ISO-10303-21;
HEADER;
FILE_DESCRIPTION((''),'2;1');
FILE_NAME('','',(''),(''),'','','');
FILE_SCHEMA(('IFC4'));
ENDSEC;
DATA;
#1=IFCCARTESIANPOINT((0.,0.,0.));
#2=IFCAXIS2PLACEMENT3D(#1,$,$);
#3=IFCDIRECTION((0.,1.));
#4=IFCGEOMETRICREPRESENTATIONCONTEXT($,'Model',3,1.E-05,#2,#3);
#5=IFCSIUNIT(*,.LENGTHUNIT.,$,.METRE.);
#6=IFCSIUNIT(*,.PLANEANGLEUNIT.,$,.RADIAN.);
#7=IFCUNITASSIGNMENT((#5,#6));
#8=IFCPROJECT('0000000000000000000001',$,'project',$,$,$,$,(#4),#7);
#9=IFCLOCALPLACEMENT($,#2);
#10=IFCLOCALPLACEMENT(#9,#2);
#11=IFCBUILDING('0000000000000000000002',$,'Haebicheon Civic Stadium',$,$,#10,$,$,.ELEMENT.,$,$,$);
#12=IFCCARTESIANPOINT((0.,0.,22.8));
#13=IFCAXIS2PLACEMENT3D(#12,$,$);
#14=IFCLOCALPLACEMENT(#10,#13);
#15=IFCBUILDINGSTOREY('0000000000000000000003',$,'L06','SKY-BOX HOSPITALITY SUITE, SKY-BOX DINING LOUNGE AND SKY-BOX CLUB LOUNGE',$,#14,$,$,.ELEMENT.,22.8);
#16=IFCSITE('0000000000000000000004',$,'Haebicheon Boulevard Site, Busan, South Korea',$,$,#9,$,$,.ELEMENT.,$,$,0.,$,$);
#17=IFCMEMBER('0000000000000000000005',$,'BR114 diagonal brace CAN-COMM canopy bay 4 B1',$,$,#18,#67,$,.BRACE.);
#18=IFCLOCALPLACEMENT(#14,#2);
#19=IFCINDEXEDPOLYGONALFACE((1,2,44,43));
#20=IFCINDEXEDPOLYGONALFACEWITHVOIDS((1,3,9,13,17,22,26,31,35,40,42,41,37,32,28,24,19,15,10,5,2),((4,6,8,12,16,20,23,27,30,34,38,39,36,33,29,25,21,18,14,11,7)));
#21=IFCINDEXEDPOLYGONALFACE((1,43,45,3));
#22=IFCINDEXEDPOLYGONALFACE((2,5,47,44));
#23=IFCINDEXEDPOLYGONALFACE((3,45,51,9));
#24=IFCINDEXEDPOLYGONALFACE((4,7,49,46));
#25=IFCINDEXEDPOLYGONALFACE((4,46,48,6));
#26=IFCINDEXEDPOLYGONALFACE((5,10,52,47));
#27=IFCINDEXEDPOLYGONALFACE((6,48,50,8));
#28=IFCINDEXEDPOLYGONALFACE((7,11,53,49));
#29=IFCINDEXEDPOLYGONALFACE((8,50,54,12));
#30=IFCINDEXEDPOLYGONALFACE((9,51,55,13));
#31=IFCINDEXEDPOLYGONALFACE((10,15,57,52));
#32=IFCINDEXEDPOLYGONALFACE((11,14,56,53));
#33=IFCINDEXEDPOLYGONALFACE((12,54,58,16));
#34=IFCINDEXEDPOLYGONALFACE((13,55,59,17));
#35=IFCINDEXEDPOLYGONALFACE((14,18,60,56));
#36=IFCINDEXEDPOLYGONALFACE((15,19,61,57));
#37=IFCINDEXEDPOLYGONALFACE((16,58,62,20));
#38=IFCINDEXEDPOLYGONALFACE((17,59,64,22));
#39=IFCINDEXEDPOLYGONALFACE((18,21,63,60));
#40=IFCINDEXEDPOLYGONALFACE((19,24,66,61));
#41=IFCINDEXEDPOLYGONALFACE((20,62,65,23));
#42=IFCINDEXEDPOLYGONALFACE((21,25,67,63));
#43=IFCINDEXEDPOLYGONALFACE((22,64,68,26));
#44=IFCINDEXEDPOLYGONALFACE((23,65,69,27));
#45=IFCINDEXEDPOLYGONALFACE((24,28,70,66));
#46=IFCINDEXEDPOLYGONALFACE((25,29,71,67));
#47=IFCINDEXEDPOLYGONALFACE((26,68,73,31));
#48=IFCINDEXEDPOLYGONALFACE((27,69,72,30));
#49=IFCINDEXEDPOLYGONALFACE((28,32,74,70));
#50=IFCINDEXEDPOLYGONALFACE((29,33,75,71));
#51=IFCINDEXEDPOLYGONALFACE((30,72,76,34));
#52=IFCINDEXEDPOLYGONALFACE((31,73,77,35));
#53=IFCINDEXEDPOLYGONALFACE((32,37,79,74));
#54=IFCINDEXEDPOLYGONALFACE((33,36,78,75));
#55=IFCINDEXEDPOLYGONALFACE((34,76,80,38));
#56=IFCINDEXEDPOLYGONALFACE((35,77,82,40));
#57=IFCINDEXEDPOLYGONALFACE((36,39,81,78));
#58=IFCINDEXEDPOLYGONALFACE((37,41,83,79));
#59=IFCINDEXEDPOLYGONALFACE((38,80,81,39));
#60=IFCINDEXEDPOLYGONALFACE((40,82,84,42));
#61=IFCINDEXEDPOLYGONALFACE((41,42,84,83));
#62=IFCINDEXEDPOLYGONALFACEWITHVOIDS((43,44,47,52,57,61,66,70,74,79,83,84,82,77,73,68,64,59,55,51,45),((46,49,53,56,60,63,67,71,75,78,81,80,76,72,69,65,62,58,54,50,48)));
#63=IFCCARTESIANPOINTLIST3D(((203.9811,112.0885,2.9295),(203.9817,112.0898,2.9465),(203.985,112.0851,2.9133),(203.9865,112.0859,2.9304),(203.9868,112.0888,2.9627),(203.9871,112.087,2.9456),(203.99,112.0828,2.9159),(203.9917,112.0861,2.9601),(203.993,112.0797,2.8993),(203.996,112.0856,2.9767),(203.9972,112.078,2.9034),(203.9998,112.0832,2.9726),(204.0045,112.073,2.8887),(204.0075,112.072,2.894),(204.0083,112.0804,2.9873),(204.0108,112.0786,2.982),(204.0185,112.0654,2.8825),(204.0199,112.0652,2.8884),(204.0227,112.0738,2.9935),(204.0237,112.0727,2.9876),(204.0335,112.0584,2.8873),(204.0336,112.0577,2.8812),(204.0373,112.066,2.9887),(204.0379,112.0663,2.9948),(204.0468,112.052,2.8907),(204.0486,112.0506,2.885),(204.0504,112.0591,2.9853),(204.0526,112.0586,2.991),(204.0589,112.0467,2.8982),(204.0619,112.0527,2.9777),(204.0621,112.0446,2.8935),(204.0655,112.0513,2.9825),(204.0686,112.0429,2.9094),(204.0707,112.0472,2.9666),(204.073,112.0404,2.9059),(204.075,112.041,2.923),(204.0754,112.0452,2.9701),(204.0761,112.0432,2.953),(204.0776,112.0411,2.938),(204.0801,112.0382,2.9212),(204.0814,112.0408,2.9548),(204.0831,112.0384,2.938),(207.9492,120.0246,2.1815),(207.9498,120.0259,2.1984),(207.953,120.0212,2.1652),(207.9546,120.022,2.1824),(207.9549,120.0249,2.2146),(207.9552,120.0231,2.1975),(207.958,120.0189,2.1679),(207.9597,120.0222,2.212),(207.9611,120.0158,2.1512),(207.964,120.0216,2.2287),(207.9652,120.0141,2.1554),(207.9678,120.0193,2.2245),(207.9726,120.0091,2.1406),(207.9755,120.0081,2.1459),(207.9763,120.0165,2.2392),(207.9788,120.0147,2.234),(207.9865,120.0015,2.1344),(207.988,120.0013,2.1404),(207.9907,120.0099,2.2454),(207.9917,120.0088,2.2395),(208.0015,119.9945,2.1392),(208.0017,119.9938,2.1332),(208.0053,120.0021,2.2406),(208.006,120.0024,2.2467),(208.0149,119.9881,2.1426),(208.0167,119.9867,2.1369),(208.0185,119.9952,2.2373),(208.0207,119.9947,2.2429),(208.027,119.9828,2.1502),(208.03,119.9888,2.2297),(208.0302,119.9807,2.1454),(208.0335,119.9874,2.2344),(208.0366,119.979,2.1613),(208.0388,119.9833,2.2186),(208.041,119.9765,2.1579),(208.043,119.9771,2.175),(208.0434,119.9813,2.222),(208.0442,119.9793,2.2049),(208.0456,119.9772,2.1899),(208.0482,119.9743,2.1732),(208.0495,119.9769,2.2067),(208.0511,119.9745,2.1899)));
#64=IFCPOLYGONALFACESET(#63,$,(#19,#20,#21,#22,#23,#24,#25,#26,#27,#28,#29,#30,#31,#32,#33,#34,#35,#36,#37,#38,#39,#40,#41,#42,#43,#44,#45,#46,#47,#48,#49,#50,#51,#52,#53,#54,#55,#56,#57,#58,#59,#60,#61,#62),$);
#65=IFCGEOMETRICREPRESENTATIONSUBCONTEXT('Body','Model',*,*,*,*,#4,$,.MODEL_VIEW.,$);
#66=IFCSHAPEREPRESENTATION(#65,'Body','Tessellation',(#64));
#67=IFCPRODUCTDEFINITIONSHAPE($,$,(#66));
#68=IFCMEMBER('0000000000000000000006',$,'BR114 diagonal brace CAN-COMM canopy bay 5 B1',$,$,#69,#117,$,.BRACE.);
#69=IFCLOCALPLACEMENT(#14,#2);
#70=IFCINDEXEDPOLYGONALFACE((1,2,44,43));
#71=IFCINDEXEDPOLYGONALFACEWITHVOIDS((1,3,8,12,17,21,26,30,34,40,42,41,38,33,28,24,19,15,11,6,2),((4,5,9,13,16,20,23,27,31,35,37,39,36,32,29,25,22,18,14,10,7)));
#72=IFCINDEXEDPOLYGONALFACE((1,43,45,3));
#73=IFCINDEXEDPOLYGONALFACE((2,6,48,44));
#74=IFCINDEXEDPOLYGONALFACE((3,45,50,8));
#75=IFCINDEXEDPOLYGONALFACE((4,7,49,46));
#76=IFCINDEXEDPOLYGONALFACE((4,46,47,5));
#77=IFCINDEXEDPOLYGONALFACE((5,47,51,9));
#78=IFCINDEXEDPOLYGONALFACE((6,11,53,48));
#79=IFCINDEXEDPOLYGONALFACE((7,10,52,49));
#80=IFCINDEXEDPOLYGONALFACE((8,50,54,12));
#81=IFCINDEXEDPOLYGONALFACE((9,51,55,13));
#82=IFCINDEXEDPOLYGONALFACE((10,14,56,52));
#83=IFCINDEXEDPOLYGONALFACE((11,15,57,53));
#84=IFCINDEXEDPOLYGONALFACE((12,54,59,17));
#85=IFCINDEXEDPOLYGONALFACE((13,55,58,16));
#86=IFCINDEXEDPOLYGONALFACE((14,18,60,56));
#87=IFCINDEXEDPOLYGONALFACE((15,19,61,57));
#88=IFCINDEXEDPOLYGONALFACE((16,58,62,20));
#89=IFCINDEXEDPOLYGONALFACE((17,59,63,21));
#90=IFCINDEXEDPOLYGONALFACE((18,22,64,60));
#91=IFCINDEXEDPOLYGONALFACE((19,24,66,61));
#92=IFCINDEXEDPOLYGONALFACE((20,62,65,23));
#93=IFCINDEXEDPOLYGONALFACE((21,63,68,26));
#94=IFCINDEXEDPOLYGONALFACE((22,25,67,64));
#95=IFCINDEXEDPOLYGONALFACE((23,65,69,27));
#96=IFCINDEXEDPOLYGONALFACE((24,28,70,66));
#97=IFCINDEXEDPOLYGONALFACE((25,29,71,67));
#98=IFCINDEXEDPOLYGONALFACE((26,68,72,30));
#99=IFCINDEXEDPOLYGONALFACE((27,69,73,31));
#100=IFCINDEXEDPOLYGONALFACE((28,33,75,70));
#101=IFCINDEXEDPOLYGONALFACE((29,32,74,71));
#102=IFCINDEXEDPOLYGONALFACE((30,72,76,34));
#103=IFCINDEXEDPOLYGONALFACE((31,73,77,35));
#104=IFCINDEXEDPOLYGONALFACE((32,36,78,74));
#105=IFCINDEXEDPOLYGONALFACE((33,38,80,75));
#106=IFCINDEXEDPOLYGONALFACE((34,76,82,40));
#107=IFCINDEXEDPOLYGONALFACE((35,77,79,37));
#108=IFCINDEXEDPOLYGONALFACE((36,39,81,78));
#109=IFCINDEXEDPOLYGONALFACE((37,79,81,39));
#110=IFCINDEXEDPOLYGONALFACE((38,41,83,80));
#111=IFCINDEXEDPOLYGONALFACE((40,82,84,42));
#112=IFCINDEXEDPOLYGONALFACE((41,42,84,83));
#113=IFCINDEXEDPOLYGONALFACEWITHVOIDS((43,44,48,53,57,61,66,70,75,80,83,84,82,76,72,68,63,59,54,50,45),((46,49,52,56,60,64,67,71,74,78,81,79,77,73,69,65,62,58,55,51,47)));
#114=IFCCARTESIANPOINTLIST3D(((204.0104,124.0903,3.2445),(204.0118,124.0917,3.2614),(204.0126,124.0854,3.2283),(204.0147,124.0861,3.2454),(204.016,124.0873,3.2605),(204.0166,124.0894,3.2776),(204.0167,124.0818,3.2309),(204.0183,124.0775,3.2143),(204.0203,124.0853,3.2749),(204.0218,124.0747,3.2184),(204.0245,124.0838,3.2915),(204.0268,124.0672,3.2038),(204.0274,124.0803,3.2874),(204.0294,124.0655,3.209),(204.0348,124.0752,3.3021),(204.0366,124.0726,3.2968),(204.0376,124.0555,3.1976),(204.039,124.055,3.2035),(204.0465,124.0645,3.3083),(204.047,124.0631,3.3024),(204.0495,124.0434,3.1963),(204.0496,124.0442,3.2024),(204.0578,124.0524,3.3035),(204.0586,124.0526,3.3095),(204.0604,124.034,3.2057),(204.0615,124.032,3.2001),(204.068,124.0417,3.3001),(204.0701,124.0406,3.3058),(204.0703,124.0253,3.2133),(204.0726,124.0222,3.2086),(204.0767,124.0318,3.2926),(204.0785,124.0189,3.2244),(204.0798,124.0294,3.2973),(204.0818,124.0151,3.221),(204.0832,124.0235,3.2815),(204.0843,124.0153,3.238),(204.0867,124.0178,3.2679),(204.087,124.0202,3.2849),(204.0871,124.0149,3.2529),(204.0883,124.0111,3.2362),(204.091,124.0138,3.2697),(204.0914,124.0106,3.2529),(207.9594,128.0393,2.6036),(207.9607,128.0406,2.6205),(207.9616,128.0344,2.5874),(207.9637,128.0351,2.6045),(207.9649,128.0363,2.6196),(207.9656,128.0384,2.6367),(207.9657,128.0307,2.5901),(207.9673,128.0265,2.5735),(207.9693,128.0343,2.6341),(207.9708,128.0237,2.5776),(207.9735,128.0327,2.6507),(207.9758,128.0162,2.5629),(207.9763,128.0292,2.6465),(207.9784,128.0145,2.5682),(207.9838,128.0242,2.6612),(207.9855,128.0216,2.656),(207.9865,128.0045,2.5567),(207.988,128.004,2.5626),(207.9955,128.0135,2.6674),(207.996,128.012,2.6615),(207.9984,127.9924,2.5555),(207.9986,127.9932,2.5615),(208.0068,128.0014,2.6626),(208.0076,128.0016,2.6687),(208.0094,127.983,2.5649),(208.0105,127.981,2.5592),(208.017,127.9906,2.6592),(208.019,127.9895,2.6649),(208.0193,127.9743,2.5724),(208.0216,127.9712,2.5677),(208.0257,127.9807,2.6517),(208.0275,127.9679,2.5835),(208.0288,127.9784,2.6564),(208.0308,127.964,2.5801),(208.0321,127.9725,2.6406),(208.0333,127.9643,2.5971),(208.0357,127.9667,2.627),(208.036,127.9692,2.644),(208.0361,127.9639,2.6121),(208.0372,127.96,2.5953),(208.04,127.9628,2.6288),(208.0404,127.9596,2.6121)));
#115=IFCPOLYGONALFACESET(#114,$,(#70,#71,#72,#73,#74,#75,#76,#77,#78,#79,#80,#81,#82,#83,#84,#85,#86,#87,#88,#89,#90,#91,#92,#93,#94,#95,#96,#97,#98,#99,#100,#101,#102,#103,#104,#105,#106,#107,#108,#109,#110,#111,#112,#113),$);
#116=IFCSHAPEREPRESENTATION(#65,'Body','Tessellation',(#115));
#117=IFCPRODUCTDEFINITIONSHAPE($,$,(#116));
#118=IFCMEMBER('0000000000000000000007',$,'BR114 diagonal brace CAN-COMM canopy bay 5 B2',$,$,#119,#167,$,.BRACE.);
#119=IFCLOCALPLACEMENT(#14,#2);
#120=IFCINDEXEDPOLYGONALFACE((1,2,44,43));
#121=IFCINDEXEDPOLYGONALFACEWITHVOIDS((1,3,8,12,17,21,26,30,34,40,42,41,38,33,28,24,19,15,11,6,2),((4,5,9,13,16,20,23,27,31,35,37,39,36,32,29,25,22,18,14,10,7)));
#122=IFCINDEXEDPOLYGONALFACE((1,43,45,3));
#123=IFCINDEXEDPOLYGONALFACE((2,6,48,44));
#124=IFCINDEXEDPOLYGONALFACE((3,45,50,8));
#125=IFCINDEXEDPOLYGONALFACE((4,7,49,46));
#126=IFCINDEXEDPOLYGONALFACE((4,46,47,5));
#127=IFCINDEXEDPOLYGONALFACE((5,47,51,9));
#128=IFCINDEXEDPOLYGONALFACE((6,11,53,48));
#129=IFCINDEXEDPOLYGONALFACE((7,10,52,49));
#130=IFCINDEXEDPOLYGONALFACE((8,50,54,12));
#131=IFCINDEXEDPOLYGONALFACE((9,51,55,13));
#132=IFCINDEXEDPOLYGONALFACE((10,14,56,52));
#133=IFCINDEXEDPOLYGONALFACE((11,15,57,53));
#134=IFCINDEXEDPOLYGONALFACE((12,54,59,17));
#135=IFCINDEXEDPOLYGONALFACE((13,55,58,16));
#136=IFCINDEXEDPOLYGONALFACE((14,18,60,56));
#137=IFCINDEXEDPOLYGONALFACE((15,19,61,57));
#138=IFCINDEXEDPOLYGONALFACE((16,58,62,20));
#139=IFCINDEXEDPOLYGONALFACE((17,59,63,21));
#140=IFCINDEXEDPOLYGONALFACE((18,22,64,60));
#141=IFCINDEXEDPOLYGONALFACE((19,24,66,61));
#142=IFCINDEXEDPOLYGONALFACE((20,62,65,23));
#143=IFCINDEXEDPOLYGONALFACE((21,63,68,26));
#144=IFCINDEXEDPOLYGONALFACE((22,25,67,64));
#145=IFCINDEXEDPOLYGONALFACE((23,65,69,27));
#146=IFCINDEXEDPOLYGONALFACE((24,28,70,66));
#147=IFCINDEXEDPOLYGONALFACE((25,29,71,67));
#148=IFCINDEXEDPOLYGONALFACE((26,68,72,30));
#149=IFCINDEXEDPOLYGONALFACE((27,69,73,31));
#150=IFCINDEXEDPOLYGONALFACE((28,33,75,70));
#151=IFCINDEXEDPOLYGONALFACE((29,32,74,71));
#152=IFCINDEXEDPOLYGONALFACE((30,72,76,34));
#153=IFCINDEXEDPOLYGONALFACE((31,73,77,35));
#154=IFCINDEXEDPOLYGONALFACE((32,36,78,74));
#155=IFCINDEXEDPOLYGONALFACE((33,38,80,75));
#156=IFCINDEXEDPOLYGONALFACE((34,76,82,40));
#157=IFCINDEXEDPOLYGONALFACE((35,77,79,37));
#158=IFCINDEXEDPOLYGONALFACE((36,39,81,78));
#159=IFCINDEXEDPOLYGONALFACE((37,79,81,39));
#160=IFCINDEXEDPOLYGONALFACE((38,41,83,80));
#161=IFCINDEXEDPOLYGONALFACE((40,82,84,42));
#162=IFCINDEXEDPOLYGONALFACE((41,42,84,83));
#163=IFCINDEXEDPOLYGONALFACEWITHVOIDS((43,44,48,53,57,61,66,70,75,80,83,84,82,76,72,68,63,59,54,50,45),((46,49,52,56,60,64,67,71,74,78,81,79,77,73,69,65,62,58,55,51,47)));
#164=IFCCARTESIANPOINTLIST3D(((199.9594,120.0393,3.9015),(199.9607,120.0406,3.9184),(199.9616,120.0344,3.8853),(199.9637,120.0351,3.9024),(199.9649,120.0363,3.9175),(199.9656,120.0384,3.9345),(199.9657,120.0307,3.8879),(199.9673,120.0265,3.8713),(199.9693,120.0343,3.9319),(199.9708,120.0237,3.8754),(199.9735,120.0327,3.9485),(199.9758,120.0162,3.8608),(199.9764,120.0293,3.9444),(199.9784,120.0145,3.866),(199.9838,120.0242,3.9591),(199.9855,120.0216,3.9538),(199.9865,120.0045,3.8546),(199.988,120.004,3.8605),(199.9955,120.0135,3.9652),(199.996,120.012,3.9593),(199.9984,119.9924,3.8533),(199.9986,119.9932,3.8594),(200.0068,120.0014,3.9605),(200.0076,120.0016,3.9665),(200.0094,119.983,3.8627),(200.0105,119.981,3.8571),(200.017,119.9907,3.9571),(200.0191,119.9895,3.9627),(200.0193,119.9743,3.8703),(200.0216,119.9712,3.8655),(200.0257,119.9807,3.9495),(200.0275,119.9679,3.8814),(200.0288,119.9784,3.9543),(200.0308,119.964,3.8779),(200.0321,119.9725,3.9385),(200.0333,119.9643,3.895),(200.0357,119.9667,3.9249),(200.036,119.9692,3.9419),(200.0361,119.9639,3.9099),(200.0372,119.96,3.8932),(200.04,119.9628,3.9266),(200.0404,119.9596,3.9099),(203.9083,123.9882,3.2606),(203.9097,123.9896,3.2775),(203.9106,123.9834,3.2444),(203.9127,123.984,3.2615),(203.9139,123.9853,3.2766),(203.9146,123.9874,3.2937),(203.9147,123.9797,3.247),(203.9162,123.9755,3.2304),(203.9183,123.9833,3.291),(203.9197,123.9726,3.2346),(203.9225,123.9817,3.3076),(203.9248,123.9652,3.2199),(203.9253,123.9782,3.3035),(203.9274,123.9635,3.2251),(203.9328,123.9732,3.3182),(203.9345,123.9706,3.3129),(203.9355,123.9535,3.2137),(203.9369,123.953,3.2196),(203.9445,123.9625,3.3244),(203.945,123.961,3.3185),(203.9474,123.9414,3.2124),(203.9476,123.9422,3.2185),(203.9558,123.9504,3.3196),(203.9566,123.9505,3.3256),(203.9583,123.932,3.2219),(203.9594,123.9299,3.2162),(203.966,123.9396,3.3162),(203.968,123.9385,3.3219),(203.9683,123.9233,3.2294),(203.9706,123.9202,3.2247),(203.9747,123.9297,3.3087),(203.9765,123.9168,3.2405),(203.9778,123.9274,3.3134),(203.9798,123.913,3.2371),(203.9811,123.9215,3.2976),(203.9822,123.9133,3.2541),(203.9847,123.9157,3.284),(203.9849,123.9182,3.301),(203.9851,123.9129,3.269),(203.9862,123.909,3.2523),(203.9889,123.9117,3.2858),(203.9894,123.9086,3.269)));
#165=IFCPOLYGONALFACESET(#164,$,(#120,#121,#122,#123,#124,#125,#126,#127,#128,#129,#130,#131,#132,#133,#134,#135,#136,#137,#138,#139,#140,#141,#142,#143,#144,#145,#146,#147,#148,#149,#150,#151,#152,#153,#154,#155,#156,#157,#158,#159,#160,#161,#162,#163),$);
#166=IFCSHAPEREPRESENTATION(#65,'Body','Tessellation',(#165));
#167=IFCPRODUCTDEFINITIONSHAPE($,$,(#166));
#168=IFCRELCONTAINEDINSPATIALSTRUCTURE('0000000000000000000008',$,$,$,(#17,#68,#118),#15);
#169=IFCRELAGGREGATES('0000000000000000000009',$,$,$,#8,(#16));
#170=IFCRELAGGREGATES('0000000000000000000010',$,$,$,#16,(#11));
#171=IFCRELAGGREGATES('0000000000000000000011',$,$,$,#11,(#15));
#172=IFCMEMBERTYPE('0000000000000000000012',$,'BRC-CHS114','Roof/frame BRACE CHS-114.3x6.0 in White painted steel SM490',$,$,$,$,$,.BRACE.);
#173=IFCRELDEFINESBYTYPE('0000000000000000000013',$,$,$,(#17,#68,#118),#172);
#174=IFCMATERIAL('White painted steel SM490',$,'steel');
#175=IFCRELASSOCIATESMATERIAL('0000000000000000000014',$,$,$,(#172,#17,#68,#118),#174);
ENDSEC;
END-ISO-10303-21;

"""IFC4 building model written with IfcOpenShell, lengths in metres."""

from ifc_helpers import new_model, si_unit, direction, frame, origin, origin_2d, place, context, subcontext, project, spatial, hollow_circle, extrude, material, material_profile, profile_set, type_object, element, save


model = new_model("IFC4")

# Units and contexts
model_context = context("Model", 3, precision=1e-05, world=origin(), true_north=direction((0.0, 1.0)))
body_context = subcontext(model_context, "Body", "Model", "MODEL_VIEW")
ifc_project = project(units=[si_unit("LENGTHUNIT", "METRE"), si_unit("PLANEANGLEUNIT", "RADIAN")], contexts=[model_context])

# Site, building, storey
site_placement = place(None, origin())
site = spatial("IfcSite", under=ifc_project, at=site_placement, Name="Haebicheon Boulevard Site, Busan, South Korea", CompositionType="ELEMENT", RefElevation=0.0)
building_placement = place(site_placement, origin())
building = spatial("IfcBuilding", under=site, at=building_placement, Name="Haebicheon Civic Stadium", CompositionType="ELEMENT")
storey_placement = place(building_placement, frame((0.0, 0.0, 22.8)))
storey = spatial("IfcBuildingStorey", under=building, at=storey_placement, Name="L06", Description="SKY-BOX HOSPITALITY SUITE, SKY-BOX DINING LOUNGE AND SKY-BOX CLUB LOUNGE", CompositionType="ELEMENT", Elevation=22.8)

# Members
ifc_material_1 = material(Name="White painted steel SM490", Category="steel")
ifc_material_profile_1 = material_profile(ifc_material_1, hollow_circle(Radius=0.0571, WallThickness=0.0061, at=origin_2d()), Name="CHS-114.3x6.0")
ifc_profile_set_1 = profile_set([ifc_material_profile_1], Name="White painted steel SM490")
member_type_1 = type_object("IfcMemberType", Name="BRC-CHS114", Description="Roof/frame BRACE CHS-114.3x6.0 in White painted steel SM490", PredefinedType="BRACE", material=ifc_profile_set_1)
member_1_placement = place(storey_placement, frame((208.0, 120.0, 2.1899), z_axis=(-0.445633, -0.891265, 0.08401), x_axis=(0.894427, -0.447214, 0.0)))
element("IfcMember", 1, at=member_1_placement, inside=storey, type_object=member_type_1, material=ifc_profile_set_1, Name="BR114 diagonal brace CAN-COMM canopy bay 4 B1", PredefinedType="BRACE", context=body_context, shape_type="SweptSolid", body=[
    extrude(hollow_circle(Radius=0.0571, WallThickness=0.0061, at=origin_2d()), origin(), (0.0, 0.0, 1.0), 8.9043),
])
for number, where, z_axis, x_axis, name in (
    (2, (208.0, 128.0, 2.6121), (-0.702496, -0.702496, 0.114006), (0.707107, -0.707107, 0.0), "BR114 diagonal brace CAN-COMM canopy bay 5 B1"),
    (3, (203.949, 123.949, 3.269), (-0.702496, -0.702496, 0.114006), (0.707107, -0.707107, 0.0), "BR114 diagonal brace CAN-COMM canopy bay 5 B2"),
):
    element("IfcMember", number, at=place(storey_placement, frame(where, z_axis=z_axis, x_axis=x_axis)), inside=storey, type_object=member_type_1, material=ifc_profile_set_1, Name=name, PredefinedType="BRACE", context=body_context, shape_type="SweptSolid", body=[
        extrude(hollow_circle(Radius=0.0571, WallThickness=0.0061, at=origin_2d()), origin(), (0.0, 0.0, 1.0), 5.6213),
    ])

save(model, "model.ifc")
